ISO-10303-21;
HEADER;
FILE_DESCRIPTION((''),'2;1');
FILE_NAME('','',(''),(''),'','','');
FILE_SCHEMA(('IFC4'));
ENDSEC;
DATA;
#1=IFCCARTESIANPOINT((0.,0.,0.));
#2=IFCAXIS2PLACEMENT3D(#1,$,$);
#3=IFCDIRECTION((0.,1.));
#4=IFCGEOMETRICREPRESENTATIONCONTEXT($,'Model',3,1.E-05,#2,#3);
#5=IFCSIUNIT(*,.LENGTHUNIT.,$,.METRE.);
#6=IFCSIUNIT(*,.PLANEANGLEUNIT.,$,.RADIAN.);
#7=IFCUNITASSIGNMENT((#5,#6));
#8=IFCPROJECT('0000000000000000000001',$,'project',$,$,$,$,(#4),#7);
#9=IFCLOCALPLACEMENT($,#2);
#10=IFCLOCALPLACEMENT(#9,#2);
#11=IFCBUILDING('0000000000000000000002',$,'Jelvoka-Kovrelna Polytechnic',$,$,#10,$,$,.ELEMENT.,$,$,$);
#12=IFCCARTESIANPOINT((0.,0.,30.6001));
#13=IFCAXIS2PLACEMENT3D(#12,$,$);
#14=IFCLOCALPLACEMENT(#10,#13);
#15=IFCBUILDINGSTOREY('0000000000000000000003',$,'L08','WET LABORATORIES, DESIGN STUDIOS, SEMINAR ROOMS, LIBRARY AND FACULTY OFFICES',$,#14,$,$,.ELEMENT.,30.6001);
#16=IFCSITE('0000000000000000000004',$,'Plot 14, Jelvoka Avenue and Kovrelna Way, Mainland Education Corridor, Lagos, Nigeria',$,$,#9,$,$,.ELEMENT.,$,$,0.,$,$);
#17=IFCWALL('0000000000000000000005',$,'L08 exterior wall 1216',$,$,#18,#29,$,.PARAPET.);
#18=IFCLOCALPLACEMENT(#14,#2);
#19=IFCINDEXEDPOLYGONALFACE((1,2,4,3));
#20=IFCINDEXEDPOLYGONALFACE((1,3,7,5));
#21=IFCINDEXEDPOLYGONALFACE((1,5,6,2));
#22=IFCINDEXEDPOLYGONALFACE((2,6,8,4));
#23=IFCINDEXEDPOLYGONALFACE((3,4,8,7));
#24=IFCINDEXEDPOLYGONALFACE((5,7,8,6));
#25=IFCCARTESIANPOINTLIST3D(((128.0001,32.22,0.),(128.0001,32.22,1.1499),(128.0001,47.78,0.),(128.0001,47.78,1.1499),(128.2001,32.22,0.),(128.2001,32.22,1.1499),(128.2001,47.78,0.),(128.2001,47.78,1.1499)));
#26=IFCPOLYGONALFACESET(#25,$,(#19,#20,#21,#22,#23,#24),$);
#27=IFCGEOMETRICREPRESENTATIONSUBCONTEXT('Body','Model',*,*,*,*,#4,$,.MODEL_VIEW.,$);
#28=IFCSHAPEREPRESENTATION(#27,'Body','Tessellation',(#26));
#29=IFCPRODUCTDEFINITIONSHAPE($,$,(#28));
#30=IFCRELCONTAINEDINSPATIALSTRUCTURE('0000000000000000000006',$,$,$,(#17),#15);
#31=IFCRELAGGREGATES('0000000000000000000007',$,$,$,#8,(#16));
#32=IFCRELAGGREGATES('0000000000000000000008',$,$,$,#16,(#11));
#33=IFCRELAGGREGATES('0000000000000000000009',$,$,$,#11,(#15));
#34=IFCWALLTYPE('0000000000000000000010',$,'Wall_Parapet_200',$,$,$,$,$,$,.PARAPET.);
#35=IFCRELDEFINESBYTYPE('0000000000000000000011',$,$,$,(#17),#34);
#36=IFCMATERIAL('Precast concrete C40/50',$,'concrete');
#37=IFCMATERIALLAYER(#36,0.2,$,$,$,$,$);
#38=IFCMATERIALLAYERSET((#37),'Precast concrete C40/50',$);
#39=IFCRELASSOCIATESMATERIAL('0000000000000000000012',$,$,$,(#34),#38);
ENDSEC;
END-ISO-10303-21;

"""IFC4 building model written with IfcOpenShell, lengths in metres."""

from ifc_helpers import new_model, si_unit, direction, frame, frame_2d, origin, place, context, subcontext, project, spatial, rectangle, extrude, material, layer, layer_set, type_object, element, save


model = new_model("IFC4")

# Units and contexts
model_context = context("Model", 3, precision=1e-05, world=origin(), true_north=direction((0.0, 1.0)))
body_context = subcontext(model_context, "Body", "Model", "MODEL_VIEW")
ifc_project = project(units=[si_unit("LENGTHUNIT", "METRE"), si_unit("PLANEANGLEUNIT", "RADIAN")], contexts=[model_context])

# Site, building, storey
site_placement = place(None, origin())
site = spatial("IfcSite", under=ifc_project, at=site_placement, Name="Plot 14, Jelvoka Avenue and Kovrelna Way, Mainland Education Corridor, Lagos, Nigeria", CompositionType="ELEMENT", RefElevation=0.0)
building_placement = place(site_placement, origin())
building = spatial("IfcBuilding", under=site, at=building_placement, Name="Jelvoka-Kovrelna Polytechnic", CompositionType="ELEMENT")
storey_placement = place(building_placement, frame((0.0, 0.0, 30.6001)))
storey = spatial("IfcBuildingStorey", under=building, at=storey_placement, Name="L08", Description="WET LABORATORIES, DESIGN STUDIOS, SEMINAR ROOMS, LIBRARY AND FACULTY OFFICES", CompositionType="ELEMENT", Elevation=30.6001)

# Wall
ifc_material_1 = material(Name="Precast concrete C40/50", Category="concrete")
ifc_layer = layer(ifc_material_1, 0.2)
ifc_layer_set = layer_set([ifc_layer], Name="Precast concrete C40/50")
wall_type = type_object("IfcWallType", Name="Wall_Parapet_200", PredefinedType="PARAPET", material=ifc_layer_set)
wall_1_placement = place(storey_placement, frame((128.1001, 47.78, 0.0), z_axis=(0.0, 0.0, 1.0), x_axis=(0.0, -1.0, 0.0)))
element("IfcWall", 1, at=wall_1_placement, inside=storey, type_object=wall_type, Name="L08 exterior wall 1216", PredefinedType="PARAPET", context=body_context, shape_type="SweptSolid", body=[
    extrude(rectangle(XDim=15.5601, YDim=0.2, at=frame_2d((7.78, 0.0))), origin(), (0.0, 0.0, 1.0), 1.1499),
])

save(model, "model.ifc")
